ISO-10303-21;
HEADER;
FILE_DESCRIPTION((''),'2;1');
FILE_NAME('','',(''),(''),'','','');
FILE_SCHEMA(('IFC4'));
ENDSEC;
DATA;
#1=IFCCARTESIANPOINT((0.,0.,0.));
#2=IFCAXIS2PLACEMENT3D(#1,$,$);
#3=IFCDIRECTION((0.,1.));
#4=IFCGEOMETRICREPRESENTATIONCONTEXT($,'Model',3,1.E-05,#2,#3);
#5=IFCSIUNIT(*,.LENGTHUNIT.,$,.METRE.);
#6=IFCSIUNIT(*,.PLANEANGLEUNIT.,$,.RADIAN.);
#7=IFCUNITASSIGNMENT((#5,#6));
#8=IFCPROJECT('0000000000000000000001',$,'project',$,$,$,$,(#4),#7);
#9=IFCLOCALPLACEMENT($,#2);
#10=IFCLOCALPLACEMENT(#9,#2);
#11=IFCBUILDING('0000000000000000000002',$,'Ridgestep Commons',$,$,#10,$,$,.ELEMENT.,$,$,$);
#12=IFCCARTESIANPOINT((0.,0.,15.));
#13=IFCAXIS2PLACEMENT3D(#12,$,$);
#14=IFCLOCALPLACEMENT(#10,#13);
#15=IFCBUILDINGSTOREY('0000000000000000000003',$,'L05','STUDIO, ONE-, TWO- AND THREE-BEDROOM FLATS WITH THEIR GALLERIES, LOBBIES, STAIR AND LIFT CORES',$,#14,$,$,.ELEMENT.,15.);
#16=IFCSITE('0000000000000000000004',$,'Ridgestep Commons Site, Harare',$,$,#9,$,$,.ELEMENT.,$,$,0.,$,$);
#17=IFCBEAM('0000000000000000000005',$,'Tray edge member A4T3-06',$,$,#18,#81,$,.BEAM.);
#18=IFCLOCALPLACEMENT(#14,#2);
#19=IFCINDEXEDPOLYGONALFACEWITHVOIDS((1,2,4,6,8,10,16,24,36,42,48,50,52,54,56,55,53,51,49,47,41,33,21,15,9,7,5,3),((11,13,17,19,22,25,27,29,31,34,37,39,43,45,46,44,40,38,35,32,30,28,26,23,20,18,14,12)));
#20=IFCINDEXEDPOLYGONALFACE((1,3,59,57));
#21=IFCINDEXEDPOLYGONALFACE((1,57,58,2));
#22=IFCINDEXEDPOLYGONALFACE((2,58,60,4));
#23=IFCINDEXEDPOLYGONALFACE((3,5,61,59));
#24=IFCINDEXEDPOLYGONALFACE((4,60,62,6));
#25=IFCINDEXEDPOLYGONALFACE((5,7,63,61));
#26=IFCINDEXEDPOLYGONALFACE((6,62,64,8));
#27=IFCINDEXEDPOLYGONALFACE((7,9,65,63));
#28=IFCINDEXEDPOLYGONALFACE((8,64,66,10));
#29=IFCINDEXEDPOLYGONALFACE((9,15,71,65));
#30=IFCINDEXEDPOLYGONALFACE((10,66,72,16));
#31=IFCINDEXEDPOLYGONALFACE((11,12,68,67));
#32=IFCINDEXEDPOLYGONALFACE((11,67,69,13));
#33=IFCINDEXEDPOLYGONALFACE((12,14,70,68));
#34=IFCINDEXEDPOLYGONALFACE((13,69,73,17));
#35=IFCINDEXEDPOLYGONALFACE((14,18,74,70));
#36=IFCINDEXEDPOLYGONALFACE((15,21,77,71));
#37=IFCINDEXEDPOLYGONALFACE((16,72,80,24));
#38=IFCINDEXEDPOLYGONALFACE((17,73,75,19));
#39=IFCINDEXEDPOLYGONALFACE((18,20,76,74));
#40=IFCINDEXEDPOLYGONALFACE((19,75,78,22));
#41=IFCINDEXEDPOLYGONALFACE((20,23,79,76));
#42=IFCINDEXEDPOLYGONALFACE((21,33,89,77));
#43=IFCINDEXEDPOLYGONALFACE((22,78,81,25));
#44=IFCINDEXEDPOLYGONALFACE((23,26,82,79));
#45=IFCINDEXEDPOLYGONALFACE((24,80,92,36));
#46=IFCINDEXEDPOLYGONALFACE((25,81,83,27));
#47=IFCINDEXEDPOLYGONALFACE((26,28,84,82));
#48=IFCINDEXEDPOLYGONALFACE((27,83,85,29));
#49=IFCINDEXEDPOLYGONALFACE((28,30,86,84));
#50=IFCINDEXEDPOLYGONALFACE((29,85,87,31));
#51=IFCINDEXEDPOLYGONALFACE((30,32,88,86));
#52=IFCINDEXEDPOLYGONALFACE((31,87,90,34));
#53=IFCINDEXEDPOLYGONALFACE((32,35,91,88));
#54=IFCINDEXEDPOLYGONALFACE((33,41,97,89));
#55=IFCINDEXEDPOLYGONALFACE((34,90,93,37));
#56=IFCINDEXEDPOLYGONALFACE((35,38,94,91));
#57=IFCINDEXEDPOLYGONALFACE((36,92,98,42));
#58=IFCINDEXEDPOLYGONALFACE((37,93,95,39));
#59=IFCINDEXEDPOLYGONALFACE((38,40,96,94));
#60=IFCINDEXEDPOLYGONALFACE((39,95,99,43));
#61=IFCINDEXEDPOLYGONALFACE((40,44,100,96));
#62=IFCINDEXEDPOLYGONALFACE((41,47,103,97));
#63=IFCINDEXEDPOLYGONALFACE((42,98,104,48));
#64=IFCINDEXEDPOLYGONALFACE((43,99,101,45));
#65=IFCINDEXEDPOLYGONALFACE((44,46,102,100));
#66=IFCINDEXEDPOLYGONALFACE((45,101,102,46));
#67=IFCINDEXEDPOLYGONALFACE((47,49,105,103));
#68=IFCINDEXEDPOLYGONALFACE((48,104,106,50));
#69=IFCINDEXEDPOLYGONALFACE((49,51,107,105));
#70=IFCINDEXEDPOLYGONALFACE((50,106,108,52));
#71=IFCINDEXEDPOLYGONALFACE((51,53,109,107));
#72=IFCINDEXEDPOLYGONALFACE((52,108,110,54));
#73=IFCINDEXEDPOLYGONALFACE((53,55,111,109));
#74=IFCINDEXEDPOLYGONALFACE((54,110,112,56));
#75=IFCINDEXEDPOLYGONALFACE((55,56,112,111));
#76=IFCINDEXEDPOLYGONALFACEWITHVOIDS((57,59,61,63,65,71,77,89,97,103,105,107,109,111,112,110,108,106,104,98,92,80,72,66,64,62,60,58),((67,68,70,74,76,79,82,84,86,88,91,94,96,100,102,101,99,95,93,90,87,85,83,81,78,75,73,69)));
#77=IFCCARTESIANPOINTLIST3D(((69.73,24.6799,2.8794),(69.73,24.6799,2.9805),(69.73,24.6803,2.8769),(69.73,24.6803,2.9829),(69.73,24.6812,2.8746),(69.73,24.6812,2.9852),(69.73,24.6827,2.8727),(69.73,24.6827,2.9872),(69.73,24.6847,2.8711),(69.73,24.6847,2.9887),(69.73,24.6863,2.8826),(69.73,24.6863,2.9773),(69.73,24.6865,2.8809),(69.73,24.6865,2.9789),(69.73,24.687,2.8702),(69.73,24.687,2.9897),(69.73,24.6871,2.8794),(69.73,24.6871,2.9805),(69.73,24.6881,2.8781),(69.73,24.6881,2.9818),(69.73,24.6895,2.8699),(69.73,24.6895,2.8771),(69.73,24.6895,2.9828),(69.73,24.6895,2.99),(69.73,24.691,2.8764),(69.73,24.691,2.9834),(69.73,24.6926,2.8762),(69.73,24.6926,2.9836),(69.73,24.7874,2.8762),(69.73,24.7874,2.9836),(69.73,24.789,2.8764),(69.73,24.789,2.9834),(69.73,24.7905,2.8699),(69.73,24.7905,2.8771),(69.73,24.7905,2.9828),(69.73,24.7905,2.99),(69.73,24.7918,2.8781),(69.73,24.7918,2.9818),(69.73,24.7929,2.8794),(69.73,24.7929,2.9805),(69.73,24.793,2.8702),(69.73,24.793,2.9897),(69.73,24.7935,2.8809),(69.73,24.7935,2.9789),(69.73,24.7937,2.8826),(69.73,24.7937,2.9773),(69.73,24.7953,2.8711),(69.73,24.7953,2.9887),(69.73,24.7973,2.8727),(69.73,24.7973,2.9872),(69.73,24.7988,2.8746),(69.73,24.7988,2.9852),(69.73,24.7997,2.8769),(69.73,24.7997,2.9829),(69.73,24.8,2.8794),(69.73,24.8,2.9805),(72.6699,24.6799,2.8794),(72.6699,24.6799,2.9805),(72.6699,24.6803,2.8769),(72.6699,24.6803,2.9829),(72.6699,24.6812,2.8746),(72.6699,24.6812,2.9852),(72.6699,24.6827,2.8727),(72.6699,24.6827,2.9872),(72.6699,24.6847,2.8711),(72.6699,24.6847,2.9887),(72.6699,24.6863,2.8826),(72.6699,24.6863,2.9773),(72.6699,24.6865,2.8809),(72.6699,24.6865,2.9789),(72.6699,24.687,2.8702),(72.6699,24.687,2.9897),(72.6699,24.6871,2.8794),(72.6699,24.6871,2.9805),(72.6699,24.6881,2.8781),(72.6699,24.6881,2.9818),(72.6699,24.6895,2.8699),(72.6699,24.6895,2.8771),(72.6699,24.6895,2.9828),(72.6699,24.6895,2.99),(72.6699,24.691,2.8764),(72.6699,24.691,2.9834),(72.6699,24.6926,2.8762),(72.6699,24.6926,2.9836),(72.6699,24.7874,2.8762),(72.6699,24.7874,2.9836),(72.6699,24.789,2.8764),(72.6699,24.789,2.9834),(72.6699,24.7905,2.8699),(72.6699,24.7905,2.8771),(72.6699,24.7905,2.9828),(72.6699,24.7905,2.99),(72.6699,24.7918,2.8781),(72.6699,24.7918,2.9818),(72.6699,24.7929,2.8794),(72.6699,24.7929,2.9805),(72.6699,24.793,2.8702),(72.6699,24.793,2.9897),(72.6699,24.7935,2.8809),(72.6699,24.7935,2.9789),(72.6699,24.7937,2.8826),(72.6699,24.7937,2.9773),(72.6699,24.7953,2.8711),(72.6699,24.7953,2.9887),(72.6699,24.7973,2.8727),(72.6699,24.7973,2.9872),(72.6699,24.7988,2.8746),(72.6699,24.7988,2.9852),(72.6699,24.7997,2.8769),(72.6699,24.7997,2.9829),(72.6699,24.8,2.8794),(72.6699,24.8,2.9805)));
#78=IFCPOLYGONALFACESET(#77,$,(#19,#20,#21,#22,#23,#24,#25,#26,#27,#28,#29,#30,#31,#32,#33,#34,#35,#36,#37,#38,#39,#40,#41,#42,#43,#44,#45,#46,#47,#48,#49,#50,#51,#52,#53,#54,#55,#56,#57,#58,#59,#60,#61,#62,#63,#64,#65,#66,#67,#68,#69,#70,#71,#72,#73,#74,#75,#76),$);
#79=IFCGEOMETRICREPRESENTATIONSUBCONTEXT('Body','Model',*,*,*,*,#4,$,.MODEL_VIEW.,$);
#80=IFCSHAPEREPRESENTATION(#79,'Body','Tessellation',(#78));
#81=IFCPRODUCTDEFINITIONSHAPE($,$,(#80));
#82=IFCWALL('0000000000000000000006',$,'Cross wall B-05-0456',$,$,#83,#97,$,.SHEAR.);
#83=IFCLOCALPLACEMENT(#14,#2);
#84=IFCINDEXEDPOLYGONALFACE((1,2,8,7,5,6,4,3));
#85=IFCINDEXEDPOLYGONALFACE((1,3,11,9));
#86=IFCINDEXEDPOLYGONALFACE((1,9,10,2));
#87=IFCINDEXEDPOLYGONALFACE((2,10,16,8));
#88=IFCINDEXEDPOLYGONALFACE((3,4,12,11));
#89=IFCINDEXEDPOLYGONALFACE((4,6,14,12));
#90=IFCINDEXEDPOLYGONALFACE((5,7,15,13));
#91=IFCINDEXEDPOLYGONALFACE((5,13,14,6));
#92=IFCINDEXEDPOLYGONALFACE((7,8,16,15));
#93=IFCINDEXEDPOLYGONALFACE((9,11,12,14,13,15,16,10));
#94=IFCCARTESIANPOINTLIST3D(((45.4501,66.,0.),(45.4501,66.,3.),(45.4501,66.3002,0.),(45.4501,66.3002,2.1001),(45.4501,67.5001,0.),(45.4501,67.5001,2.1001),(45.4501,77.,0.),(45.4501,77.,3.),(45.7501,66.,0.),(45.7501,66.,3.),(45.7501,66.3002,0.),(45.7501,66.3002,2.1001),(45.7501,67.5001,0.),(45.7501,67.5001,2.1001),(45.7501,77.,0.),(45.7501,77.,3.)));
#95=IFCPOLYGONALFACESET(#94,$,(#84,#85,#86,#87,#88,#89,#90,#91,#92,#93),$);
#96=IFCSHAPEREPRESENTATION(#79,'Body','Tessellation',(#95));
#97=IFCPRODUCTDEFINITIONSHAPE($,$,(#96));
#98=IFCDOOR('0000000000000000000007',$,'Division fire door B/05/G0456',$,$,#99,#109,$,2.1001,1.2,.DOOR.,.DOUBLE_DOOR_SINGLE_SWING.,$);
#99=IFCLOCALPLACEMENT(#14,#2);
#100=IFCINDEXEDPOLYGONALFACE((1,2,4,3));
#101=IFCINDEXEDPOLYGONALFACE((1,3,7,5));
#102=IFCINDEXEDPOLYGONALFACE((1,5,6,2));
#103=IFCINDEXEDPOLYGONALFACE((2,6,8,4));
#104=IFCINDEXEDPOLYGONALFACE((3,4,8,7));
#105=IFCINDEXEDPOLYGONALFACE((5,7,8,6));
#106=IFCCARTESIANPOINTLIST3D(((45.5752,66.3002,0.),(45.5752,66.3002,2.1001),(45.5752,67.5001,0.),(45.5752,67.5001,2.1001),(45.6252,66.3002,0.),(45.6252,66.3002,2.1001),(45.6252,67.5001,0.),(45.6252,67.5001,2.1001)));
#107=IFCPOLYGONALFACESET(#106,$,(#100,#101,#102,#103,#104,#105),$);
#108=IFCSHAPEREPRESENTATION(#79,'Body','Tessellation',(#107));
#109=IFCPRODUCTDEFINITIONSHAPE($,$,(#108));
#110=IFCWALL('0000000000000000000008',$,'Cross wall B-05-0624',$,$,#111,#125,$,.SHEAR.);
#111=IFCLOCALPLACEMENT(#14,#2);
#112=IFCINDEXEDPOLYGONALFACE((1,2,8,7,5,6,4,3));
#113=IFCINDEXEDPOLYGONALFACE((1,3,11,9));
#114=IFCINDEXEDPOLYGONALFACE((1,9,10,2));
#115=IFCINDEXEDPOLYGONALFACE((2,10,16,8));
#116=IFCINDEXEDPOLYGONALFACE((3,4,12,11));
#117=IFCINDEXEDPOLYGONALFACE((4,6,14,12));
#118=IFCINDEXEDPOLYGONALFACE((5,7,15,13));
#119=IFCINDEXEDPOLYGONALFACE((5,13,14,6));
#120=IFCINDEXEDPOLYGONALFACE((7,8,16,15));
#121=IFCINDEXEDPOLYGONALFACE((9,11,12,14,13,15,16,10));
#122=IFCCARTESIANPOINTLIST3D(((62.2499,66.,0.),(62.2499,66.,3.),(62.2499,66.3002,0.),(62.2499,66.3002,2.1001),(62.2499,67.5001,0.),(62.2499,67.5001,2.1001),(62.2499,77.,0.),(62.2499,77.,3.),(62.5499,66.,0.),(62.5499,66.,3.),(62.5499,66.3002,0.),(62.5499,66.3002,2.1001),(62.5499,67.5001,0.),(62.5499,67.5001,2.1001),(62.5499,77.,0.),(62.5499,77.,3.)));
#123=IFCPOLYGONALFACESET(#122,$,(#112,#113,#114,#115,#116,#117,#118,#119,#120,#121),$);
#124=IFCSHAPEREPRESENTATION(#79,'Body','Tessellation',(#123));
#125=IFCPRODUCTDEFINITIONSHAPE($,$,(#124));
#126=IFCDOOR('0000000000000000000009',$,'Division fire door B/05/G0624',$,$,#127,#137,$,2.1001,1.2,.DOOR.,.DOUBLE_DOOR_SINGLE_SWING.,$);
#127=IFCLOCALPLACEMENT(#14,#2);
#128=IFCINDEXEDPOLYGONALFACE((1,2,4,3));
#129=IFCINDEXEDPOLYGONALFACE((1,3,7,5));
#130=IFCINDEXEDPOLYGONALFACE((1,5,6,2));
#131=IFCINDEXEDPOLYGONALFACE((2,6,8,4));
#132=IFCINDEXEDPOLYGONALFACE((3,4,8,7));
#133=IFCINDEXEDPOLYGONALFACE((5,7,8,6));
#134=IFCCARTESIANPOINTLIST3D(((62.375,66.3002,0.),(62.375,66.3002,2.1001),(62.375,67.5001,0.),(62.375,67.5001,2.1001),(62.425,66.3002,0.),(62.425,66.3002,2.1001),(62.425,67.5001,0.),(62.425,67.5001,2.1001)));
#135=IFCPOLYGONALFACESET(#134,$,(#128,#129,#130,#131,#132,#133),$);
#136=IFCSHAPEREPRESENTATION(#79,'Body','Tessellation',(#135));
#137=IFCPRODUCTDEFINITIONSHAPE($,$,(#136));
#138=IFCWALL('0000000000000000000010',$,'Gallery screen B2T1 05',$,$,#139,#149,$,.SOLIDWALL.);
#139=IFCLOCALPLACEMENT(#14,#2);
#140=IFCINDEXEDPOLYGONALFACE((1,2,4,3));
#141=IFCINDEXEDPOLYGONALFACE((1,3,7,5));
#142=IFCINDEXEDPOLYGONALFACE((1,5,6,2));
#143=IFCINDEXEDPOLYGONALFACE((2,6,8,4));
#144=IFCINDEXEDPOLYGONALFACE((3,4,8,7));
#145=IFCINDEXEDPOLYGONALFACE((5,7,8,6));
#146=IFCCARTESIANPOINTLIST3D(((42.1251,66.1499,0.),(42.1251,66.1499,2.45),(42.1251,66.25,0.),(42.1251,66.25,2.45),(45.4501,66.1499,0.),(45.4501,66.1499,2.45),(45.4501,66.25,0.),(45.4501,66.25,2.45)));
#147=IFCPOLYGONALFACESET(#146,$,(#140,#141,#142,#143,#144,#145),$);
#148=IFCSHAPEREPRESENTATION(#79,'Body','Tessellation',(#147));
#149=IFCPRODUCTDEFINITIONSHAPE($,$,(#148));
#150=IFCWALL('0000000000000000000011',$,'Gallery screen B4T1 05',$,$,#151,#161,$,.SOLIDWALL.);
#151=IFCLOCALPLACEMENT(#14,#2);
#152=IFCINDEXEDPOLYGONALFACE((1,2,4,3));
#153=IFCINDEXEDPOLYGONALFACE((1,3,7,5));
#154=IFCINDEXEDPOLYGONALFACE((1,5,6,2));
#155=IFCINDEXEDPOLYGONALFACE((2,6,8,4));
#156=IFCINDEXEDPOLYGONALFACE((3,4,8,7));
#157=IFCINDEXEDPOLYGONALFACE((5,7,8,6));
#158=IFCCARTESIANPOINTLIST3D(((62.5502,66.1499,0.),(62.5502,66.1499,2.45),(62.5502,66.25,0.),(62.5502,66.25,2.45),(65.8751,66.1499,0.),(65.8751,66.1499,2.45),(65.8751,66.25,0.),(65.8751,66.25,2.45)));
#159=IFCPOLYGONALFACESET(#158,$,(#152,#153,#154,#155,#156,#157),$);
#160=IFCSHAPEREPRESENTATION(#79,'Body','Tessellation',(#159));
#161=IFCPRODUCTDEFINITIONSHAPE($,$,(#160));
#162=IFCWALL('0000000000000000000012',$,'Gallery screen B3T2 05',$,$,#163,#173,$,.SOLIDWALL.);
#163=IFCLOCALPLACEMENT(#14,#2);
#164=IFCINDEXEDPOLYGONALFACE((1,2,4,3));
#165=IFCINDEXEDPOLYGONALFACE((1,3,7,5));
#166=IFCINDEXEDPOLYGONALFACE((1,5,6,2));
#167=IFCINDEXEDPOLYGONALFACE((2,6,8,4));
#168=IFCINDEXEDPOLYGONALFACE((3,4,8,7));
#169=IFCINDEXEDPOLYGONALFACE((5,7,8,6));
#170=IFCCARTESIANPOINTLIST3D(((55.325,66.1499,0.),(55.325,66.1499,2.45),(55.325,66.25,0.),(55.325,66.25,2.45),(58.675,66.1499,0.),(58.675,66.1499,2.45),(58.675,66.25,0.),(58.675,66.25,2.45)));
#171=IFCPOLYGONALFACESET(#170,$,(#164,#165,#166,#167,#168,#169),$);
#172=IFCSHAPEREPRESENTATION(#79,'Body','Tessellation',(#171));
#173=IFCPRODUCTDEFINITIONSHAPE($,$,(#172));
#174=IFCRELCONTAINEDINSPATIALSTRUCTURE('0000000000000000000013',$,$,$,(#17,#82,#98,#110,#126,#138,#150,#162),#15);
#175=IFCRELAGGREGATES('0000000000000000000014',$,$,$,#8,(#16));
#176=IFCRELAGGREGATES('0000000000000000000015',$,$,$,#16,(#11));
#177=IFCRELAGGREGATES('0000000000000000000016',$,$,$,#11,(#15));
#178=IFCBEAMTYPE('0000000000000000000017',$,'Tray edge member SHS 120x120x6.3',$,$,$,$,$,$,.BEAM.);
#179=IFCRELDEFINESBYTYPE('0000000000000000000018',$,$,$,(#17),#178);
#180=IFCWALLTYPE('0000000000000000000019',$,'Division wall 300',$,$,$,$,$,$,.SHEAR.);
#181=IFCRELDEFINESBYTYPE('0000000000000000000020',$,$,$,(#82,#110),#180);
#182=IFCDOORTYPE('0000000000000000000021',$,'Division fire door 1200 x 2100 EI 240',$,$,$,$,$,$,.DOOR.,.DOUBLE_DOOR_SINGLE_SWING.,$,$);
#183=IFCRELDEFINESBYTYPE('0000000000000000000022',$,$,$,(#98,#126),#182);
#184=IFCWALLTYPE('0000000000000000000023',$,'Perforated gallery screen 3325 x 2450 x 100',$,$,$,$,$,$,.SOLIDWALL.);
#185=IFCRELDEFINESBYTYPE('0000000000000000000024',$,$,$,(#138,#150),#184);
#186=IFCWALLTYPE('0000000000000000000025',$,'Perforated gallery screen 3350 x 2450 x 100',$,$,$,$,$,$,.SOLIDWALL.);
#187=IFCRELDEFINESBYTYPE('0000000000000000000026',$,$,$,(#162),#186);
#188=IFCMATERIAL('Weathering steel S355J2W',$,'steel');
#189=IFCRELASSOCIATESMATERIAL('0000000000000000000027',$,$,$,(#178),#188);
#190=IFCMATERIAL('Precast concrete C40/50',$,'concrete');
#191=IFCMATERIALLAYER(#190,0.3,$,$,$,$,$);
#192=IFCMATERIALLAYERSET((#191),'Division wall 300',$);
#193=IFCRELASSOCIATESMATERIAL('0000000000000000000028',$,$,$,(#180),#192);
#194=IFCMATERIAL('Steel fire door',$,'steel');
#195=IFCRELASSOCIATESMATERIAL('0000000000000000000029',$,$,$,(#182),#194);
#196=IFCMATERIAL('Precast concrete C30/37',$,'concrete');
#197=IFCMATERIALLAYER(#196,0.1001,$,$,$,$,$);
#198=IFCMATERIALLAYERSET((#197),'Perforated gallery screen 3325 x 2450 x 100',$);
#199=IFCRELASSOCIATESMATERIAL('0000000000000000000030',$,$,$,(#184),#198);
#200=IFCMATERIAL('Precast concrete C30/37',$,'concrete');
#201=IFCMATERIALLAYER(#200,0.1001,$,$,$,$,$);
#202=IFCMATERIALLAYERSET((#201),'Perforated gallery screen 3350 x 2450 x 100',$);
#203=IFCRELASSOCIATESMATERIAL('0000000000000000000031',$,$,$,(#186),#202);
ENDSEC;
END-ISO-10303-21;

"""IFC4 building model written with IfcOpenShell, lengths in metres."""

from ifc_helpers import new_model, si_unit, direction, frame, frame_2d, origin, origin_2d, place, context, subcontext, project, spatial, rectangle, hollow_rectangle, extrude, material, layer, layer_set, material_profile, profile_set, type_object, element, fill, save


model = new_model("IFC4")

# Units and contexts
model_context = context("Model", 3, precision=1e-05, world=origin(), true_north=direction((0.0, 1.0)))
body_context = subcontext(model_context, "Body", "Model", "MODEL_VIEW")
ifc_project = project(units=[si_unit("LENGTHUNIT", "METRE"), si_unit("PLANEANGLEUNIT", "RADIAN")], contexts=[model_context])

# Site, building, storey
site_placement = place(None, origin())
site = spatial("IfcSite", under=ifc_project, at=site_placement, Name="Ridgestep Commons Site, Harare", CompositionType="ELEMENT", RefElevation=0.0)
building_placement = place(site_placement, origin())
building = spatial("IfcBuilding", under=site, at=building_placement, Name="Ridgestep Commons", CompositionType="ELEMENT")
storey_placement = place(building_placement, frame((0.0, 0.0, 15.0)))
storey = spatial("IfcBuildingStorey", under=building, at=storey_placement, Name="L05", Description="STUDIO, ONE-, TWO- AND THREE-BEDROOM FLATS WITH THEIR GALLERIES, LOBBIES, STAIR AND LIFT CORES", CompositionType="ELEMENT", Elevation=15.0)

# Beam
ifc_material_1 = material(Name="Weathering steel S355J2W", Category="steel")
ifc_material_profile_1 = material_profile(ifc_material_1, hollow_rectangle(XDim=0.1201, YDim=0.1201, WallThickness=0.0063, InnerFilletRadius=0.0063, OuterFilletRadius=0.0095, at=origin_2d()), Name="SHS 120x120x6.3")
ifc_profile_set_1 = profile_set([ifc_material_profile_1], Name="Weathering steel S355J2W")
beam_type_1 = type_object("IfcBeamType", Name="Tray edge member SHS 120x120x6.3", PredefinedType="BEAM", material=ifc_profile_set_1)
beam_1_placement = place(storey_placement, frame((69.73, 24.74, 2.9299), z_axis=(1.0, 0.0, 0.0), x_axis=(0.0, 0.0, 1.0)))
element("IfcBeam", 1, at=beam_1_placement, inside=storey, type_object=beam_type_1, Name="Tray edge member A4T3-06", PredefinedType="BEAM", context=body_context, shape_type="SweptSolid", body=[
    extrude(hollow_rectangle(XDim=0.1201, YDim=0.1201, WallThickness=0.0063, InnerFilletRadius=0.0063, OuterFilletRadius=0.0095, at=origin_2d()), origin(), (0.0, 0.0, 1.0), 2.9399),
])

# Walls, openings, doors
ifc_material_2 = material(Name="Precast concrete C40/50", Category="concrete")
ifc_layer_1 = layer(ifc_material_2, 0.3)
ifc_layer_set_1 = layer_set([ifc_layer_1], Name="Division wall 300")
wall_type_1 = type_object("IfcWallType", Name="Division wall 300", PredefinedType="SHEAR", material=ifc_layer_set_1)
wall_1_placement = place(storey_placement, frame((45.6001, 66.0, 0.0), z_axis=(0.0, 0.0, 1.0), x_axis=(0.0, 1.0, 0.0)))
wall_1 = element("IfcWall", 2, at=wall_1_placement, inside=storey, type_object=wall_type_1, Name="Cross wall B-05-0456", PredefinedType="SHEAR", context=body_context, shape_type="SweptSolid", body=[
    extrude(rectangle(XDim=11.0, YDim=0.3, at=frame_2d((5.5, 0.0))), origin(), (0.0, 0.0, 1.0), 3.0),
])
opening_1_placement = place(wall_1_placement, frame((0.3, 0.0, 0.0)))
opening_1 = element("IfcOpeningElement", 3, at=opening_1_placement, cuts=wall_1, PredefinedType="OPENING", context=body_context, shape_type="SweptSolid", body=[
    extrude(rectangle(XDim=1.2, YDim=2.1001, at=frame_2d((0.6001, 1.05))), frame((0.0, 0.1599, 0.0), z_axis=(0.0, -1.0, 0.0), x_axis=(1.0, 0.0, 0.0)), (0.0, 0.0, 1.0), 0.3201),
])
ifc_material_3 = material(Name="Steel fire door", Category="steel")
door_type = type_object("IfcDoorType", Name="Division fire door 1200 x 2100 EI 240", OperationType="DOUBLE_DOOR_SINGLE_SWING", PredefinedType="DOOR", material=ifc_material_3)
door_1_placement = place(opening_1_placement, origin())
door_1 = element("IfcDoor", 4, at=door_1_placement, inside=storey, type_object=door_type, Name="Division fire door B/05/G0456", OperationType="DOUBLE_DOOR_SINGLE_SWING", OverallHeight=2.1001, OverallWidth=1.2, PredefinedType="DOOR", context=body_context, shape_type="SweptSolid", body=[
    extrude(rectangle(XDim=1.2, YDim=2.1001, at=frame_2d((0.6001, 1.05))), frame((0.0, 0.0249, 0.0), z_axis=(0.0, -1.0, 0.0), x_axis=(1.0, 0.0, 0.0)), (0.0, 0.0, 1.0), 0.05),
])
fill(opening_1, door_1)
wall_2_placement = place(storey_placement, frame((62.3999, 66.0, 0.0), z_axis=(0.0, 0.0, 1.0), x_axis=(0.0, 1.0, 0.0)))
wall_2 = element("IfcWall", 5, at=wall_2_placement, inside=storey, type_object=wall_type_1, Name="Cross wall B-05-0624", PredefinedType="SHEAR", context=body_context, shape_type="SweptSolid", body=[
    extrude(rectangle(XDim=11.0, YDim=0.3, at=frame_2d((5.5, 0.0))), origin(), (0.0, 0.0, 1.0), 3.0),
])
opening_2_placement = place(wall_2_placement, frame((0.3, 0.0, 0.0)))
opening_2 = element("IfcOpeningElement", 6, at=opening_2_placement, cuts=wall_2, PredefinedType="OPENING", context=body_context, shape_type="SweptSolid", body=[
    extrude(rectangle(XDim=1.2, YDim=2.1001, at=frame_2d((0.6001, 1.05))), frame((0.0, 0.1599, 0.0), z_axis=(0.0, -1.0, 0.0), x_axis=(1.0, 0.0, 0.0)), (0.0, 0.0, 1.0), 0.3201),
])
door_2_placement = place(opening_2_placement, origin())
door_2 = element("IfcDoor", 7, at=door_2_placement, inside=storey, type_object=door_type, Name="Division fire door B/05/G0624", OperationType="DOUBLE_DOOR_SINGLE_SWING", OverallHeight=2.1001, OverallWidth=1.2, PredefinedType="DOOR", context=body_context, shape_type="SweptSolid", body=[
    extrude(rectangle(XDim=1.2, YDim=2.1001, at=frame_2d((0.6001, 1.05))), frame((0.0, 0.0249, 0.0), z_axis=(0.0, -1.0, 0.0), x_axis=(1.0, 0.0, 0.0)), (0.0, 0.0, 1.0), 0.05),
])
fill(opening_2, door_2)

# Walls
ifc_material_4 = material(Name="Precast concrete C30/37", Category="concrete")
ifc_layer_2 = layer(ifc_material_4, 0.1001)
ifc_layer_set_2 = layer_set([ifc_layer_2], Name="Perforated gallery screen 3325 x 2450 x 100")
wall_type_2 = type_object("IfcWallType", Name="Perforated gallery screen 3325 x 2450 x 100", PredefinedType="SOLIDWALL", material=ifc_layer_set_2)
for number, where, z_axis, x_axis, name in (
    (8, (42.125, 66.2, 0.0), (0.0, 0.0, 1.0), (1.0, 0.0, 0.0), "Gallery screen B2T1 05"),
    (9, (62.55, 66.2, 0.0), (0.0, 0.0, 1.0), (1.0, 0.0, 0.0), "Gallery screen B4T1 05"),
):
    element("IfcWall", number, at=place(storey_placement, frame(where, z_axis=z_axis, x_axis=x_axis)), inside=storey, type_object=wall_type_2, Name=name, PredefinedType="SOLIDWALL", context=body_context, shape_type="SweptSolid", body=[
        extrude(rectangle(XDim=3.325, YDim=0.1001, at=frame_2d((1.6626, 0.0))), origin(), (0.0, 0.0, 1.0), 2.45),
    ])
ifc_material_5 = material(Name="Precast concrete C30/37", Category="concrete")
ifc_layer_3 = layer(ifc_material_5, 0.1001)
ifc_layer_set_3 = layer_set([ifc_layer_3], Name="Perforated gallery screen 3350 x 2450 x 100")
wall_type_3 = type_object("IfcWallType", Name="Perforated gallery screen 3350 x 2450 x 100", PredefinedType="SOLIDWALL", material=ifc_layer_set_3)
wall_3_placement = place(storey_placement, frame((55.325, 66.2, 0.0), z_axis=(0.0, 0.0, 1.0), x_axis=(1.0, 0.0, 0.0)))
element("IfcWall", 10, at=wall_3_placement, inside=storey, type_object=wall_type_3, Name="Gallery screen B3T2 05", PredefinedType="SOLIDWALL", context=body_context, shape_type="SweptSolid", body=[
    extrude(rectangle(XDim=3.3501, YDim=0.1001, at=frame_2d((1.675, 0.0))), origin(), (0.0, 0.0, 1.0), 2.45),
])

save(model, "model.ifc")
